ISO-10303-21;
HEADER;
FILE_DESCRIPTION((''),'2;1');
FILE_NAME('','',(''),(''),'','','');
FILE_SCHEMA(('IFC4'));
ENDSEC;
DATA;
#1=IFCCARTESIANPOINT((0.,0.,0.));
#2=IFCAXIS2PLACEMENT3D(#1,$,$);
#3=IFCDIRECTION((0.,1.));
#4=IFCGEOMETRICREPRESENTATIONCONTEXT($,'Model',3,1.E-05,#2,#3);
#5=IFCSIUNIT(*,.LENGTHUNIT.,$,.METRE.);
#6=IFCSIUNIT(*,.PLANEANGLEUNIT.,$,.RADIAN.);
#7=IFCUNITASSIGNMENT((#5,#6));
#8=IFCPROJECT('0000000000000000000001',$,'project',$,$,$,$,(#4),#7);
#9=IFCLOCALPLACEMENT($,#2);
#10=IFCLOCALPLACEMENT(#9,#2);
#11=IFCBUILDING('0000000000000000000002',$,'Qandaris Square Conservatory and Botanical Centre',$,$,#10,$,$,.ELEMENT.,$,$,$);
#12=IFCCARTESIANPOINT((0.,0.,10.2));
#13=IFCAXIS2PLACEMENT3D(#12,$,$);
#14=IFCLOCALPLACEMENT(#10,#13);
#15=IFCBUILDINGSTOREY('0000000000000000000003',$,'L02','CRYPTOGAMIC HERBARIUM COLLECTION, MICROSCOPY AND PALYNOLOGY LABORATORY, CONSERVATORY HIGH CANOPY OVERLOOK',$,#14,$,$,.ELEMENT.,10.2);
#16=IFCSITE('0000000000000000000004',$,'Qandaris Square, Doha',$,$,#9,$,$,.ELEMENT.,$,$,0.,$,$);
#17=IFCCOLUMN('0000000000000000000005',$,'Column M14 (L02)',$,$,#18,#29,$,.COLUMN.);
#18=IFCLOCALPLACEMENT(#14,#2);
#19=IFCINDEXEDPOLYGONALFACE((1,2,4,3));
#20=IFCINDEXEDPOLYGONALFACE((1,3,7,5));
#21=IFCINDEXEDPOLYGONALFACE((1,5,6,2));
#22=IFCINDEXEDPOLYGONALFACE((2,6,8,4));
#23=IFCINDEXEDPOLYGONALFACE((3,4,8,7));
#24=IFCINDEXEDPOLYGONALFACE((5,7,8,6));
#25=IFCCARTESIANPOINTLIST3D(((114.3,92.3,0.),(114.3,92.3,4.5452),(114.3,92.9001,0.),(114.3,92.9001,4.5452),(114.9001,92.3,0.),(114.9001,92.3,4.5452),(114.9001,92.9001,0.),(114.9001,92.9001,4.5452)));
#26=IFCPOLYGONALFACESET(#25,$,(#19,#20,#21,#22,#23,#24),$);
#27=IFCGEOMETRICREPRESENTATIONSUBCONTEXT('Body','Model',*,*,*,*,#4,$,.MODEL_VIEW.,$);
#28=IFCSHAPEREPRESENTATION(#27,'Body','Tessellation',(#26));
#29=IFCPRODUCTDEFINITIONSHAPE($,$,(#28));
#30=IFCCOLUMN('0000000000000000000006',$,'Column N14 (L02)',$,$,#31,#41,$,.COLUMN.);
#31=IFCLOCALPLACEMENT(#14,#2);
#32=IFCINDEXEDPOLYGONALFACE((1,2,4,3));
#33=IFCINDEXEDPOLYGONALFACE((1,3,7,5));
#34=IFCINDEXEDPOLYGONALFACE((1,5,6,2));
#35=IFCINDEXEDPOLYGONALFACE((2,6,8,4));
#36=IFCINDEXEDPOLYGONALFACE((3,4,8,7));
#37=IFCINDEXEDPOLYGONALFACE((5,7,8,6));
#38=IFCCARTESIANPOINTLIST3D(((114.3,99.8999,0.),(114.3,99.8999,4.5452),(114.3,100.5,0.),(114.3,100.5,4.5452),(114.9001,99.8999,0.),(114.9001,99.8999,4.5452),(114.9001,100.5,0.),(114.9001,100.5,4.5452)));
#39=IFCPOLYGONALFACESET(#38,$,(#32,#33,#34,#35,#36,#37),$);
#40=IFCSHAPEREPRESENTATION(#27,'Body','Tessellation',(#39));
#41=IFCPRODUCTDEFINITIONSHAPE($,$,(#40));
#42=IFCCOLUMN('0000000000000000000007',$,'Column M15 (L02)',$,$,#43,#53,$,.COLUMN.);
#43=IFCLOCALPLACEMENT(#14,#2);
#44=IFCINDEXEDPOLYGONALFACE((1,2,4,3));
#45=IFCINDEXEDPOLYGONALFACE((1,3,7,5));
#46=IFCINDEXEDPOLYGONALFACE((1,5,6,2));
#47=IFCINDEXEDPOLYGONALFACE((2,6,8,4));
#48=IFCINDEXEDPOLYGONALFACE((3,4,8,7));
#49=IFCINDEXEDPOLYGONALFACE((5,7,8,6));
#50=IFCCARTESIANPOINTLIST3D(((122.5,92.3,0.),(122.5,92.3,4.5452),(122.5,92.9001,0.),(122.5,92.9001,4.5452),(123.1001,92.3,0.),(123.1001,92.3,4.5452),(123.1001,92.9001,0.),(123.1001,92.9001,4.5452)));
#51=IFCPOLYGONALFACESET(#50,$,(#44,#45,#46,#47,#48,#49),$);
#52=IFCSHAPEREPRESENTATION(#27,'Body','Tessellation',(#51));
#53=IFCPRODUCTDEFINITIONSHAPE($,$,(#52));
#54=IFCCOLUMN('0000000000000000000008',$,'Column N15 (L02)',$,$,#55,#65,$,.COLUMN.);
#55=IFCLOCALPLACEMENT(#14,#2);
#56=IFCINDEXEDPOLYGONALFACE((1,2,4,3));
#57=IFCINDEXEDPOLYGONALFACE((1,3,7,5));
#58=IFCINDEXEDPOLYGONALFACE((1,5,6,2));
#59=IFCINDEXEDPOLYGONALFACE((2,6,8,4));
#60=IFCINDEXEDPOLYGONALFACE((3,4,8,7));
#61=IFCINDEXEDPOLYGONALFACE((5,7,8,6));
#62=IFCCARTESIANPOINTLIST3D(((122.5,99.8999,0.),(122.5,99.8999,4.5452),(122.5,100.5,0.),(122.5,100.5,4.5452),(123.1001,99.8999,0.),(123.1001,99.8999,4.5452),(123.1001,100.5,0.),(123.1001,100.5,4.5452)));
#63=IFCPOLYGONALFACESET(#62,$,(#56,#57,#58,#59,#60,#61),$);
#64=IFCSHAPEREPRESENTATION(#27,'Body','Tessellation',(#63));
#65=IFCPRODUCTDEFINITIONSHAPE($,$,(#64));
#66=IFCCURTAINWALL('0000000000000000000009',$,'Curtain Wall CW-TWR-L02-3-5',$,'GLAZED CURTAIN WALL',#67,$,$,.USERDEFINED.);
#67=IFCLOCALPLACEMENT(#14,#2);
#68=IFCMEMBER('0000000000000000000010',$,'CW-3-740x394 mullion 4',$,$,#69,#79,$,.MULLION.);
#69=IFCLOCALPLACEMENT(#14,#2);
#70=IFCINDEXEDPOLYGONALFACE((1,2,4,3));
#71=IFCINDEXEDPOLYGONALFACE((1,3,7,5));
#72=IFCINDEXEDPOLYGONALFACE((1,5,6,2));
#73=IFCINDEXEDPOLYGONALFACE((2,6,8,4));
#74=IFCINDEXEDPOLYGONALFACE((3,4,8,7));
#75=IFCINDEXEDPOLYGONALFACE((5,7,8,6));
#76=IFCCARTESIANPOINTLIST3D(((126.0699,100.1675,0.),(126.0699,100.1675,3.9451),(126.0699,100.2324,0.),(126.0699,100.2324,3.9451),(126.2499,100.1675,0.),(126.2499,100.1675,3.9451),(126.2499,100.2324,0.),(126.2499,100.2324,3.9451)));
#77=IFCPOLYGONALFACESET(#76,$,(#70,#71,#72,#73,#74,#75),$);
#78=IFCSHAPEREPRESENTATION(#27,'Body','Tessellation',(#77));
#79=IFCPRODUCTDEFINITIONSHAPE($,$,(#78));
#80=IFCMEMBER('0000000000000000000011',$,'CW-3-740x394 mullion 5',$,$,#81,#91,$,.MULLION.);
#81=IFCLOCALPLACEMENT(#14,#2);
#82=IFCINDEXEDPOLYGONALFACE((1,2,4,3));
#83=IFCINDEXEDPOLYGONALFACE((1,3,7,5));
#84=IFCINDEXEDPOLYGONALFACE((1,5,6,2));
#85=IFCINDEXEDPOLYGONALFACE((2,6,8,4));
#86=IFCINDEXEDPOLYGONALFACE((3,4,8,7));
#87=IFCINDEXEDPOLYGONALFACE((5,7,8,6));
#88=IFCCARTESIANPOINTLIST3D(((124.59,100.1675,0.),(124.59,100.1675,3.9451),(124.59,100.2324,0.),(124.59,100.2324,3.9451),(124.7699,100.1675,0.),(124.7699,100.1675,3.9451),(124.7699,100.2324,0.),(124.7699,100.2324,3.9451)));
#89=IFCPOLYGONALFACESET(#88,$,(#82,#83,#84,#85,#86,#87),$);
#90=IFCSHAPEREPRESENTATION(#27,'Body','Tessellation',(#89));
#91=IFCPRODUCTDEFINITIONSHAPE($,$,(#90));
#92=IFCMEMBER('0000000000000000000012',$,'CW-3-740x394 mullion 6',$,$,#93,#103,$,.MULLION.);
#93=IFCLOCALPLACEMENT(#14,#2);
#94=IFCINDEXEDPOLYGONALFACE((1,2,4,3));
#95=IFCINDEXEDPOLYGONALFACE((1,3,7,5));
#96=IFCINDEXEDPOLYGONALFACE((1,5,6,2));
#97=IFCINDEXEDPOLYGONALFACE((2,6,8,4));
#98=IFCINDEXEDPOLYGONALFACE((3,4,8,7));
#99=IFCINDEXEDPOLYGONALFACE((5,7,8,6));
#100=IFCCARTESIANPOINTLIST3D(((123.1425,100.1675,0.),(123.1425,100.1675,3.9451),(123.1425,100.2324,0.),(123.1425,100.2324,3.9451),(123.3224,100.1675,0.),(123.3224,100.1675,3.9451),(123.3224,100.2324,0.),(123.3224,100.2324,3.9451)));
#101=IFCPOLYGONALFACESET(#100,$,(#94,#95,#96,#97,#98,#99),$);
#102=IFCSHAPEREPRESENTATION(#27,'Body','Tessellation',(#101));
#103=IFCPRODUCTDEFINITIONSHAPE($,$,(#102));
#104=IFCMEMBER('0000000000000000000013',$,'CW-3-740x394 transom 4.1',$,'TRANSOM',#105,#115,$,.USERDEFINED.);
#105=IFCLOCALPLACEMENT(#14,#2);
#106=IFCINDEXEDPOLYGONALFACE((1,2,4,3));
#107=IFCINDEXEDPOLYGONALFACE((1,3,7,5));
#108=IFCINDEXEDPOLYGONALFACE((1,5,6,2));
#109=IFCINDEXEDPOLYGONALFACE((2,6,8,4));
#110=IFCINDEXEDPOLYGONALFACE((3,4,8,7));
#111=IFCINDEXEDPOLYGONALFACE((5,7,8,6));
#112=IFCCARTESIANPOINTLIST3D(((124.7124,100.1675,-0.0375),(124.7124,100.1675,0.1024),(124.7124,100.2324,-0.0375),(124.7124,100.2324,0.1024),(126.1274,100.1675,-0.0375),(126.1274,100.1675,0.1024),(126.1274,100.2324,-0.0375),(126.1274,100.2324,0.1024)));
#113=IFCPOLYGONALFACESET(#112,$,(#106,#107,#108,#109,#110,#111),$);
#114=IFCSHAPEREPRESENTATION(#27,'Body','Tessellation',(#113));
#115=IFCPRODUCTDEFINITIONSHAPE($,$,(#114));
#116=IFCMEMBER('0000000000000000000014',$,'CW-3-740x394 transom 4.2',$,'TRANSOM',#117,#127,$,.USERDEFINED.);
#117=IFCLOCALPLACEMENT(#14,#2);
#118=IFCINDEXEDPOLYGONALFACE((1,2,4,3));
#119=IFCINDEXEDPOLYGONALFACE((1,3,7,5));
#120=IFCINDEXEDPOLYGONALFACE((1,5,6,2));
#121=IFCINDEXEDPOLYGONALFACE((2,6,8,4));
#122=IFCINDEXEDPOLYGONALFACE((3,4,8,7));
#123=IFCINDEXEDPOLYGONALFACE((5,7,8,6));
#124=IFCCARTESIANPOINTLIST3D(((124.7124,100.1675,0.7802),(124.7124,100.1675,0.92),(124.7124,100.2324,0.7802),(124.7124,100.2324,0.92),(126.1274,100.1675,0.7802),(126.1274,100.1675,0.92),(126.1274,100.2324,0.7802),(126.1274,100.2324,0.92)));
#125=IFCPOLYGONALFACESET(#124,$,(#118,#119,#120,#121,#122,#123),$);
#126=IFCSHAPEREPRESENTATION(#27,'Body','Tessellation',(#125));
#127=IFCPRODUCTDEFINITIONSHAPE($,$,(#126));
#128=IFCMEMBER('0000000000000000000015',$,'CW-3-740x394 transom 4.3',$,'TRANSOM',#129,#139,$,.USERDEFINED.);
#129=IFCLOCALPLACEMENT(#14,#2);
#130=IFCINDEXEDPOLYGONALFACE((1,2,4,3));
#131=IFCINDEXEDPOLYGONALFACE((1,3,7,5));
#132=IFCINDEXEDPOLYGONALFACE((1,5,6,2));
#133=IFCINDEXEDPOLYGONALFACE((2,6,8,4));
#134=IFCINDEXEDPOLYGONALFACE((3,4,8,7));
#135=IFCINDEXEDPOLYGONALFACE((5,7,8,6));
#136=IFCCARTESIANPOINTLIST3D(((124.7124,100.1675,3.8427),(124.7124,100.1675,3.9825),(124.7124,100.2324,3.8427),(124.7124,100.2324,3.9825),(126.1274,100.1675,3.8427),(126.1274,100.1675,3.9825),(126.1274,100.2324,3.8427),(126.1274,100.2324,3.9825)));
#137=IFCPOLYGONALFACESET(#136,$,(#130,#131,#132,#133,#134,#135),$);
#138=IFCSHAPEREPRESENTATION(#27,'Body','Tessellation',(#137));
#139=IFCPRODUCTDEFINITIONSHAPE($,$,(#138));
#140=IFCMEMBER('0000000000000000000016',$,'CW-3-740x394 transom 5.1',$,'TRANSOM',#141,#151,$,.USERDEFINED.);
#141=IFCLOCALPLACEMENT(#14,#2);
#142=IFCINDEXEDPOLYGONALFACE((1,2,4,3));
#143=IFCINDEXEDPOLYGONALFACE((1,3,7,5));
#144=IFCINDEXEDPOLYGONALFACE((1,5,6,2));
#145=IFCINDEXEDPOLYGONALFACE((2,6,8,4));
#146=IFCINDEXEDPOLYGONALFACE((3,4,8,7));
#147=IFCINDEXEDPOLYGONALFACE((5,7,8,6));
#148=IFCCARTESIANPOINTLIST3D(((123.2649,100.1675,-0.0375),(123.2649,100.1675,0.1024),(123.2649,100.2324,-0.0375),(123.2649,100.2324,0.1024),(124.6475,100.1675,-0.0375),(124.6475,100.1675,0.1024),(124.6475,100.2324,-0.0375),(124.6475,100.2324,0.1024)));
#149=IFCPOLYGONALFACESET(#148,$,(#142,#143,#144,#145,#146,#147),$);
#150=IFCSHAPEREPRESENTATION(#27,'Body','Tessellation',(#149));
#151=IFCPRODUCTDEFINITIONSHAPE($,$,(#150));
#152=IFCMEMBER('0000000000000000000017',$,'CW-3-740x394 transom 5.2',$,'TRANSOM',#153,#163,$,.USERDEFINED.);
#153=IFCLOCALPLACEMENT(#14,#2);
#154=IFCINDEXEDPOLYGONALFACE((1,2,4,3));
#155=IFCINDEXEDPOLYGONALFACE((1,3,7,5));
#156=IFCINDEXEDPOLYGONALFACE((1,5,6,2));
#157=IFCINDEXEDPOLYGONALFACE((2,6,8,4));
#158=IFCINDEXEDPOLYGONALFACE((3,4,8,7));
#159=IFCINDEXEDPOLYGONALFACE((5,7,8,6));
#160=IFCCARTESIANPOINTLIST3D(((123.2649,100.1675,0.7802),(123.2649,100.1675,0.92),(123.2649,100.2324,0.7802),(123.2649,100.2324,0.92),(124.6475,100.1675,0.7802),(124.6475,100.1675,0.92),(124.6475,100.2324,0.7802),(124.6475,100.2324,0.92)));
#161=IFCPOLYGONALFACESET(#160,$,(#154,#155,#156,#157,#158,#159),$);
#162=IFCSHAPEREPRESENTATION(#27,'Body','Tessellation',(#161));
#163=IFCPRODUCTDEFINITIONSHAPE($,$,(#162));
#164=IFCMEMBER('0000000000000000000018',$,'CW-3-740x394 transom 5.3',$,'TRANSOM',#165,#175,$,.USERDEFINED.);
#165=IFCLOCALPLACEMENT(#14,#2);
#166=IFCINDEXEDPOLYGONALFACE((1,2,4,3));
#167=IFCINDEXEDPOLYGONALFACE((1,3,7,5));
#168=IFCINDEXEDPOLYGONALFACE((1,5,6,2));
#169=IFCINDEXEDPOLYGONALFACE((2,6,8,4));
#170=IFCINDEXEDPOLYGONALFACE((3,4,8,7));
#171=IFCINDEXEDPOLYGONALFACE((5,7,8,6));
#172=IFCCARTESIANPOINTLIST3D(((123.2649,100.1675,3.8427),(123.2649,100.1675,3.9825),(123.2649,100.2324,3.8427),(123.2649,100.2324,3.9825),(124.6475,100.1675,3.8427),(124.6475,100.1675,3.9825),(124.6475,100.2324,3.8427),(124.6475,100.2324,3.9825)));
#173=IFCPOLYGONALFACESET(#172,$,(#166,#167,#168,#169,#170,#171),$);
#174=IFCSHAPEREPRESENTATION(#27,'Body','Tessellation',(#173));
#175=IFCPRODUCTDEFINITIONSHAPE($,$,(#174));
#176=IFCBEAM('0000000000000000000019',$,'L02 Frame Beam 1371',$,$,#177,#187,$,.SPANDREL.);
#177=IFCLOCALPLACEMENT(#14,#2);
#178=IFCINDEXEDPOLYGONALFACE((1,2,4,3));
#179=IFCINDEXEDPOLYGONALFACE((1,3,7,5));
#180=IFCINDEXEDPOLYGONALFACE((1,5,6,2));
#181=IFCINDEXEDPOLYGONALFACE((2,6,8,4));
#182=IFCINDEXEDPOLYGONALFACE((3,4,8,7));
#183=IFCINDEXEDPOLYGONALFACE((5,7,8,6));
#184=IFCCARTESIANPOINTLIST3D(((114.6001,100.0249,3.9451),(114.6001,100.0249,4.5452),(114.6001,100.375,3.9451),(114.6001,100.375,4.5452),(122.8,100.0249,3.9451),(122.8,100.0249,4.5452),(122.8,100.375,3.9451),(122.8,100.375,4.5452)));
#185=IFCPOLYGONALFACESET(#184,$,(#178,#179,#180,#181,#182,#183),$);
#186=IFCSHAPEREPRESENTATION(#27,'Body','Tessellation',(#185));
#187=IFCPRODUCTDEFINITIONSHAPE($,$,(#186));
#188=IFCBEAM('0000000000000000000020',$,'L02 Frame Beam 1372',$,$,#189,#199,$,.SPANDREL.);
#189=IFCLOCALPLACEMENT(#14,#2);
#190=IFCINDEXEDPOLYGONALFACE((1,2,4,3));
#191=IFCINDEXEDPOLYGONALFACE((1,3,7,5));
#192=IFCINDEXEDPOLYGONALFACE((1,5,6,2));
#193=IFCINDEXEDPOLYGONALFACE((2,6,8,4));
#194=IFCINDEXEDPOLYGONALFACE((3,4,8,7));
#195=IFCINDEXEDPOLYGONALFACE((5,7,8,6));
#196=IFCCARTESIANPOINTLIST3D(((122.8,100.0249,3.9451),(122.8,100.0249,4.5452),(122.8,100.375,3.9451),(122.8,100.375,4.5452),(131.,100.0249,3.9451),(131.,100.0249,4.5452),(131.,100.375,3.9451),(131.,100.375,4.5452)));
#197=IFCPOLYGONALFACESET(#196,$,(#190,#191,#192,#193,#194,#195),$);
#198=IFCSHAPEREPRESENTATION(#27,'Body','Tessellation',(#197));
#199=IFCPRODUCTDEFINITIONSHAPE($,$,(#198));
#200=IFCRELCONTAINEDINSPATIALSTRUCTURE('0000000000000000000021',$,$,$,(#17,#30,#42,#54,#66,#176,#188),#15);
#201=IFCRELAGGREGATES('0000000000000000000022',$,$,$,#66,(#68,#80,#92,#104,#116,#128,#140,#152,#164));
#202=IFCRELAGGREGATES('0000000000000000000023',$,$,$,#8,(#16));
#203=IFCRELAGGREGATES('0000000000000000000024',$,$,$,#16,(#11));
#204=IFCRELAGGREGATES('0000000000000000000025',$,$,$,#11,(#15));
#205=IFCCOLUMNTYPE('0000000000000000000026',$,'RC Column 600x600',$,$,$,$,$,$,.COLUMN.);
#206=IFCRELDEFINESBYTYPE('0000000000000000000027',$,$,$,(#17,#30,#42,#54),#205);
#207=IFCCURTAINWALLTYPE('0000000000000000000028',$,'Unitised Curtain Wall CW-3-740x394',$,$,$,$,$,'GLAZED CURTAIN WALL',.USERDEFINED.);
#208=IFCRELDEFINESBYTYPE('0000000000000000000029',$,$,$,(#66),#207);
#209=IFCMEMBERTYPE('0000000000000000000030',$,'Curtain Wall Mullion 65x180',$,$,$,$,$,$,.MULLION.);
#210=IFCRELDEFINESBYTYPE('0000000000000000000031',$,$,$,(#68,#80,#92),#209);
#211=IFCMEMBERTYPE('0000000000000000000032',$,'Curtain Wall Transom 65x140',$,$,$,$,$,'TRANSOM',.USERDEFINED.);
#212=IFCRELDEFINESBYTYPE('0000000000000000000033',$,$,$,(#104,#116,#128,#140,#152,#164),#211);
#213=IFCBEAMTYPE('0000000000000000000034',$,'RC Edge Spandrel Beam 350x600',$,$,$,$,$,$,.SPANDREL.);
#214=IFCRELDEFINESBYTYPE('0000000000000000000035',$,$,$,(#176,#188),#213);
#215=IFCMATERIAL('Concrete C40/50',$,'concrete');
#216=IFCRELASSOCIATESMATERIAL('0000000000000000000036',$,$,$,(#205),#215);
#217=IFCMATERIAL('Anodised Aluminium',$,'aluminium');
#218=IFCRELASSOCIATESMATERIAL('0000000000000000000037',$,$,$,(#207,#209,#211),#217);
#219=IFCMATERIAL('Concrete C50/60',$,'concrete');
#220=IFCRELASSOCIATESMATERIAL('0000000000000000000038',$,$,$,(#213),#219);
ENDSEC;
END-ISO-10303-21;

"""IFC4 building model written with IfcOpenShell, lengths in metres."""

from ifc_helpers import new_model, si_unit, direction, frame, origin, origin_2d, place, context, subcontext, project, spatial, rectangle, extrude, material, material_profile, profile_set, type_object, element, aggregate, save


model = new_model("IFC4")

# Units and contexts
model_context = context("Model", 3, precision=1e-05, world=origin(), true_north=direction((0.0, 1.0)))
body_context = subcontext(model_context, "Body", "Model", "MODEL_VIEW")
ifc_project = project(units=[si_unit("LENGTHUNIT", "METRE"), si_unit("PLANEANGLEUNIT", "RADIAN")], contexts=[model_context])

# Site, building, storey
site_placement = place(None, origin())
site = spatial("IfcSite", under=ifc_project, at=site_placement, Name="Qandaris Square, Doha", CompositionType="ELEMENT", RefElevation=0.0)
building_placement = place(site_placement, origin())
building = spatial("IfcBuilding", under=site, at=building_placement, Name="Qandaris Square Conservatory and Botanical Centre", CompositionType="ELEMENT")
storey_placement = place(building_placement, frame((0.0, 0.0, 10.2)))
storey = spatial("IfcBuildingStorey", under=building, at=storey_placement, Name="L02", Description="CRYPTOGAMIC HERBARIUM COLLECTION, MICROSCOPY AND PALYNOLOGY LABORATORY, CONSERVATORY HIGH CANOPY OVERLOOK", CompositionType="ELEMENT", Elevation=10.2)

# Columns
ifc_material_1 = material(Name="Concrete C40/50", Category="concrete")
ifc_material_profile_1 = material_profile(ifc_material_1, rectangle(XDim=0.6001, YDim=0.6001, at=origin_2d()), Name="RC-COL 600x600")
ifc_profile_set_1 = profile_set([ifc_material_profile_1], Name="Concrete C40/50")
column_type = type_object("IfcColumnType", Name="RC Column 600x600", PredefinedType="COLUMN", material=ifc_profile_set_1)
for number, where, z_axis, x_axis, name in (
    (1, (114.6001, 92.6001, 0.0), (0.0, 0.0, 1.0), (1.0, 0.0, 0.0), "Column M14 (L02)"),
    (2, (114.6001, 100.2, 0.0), (0.0, 0.0, 1.0), (1.0, 0.0, 0.0), "Column N14 (L02)"),
    (3, (122.8, 92.6001, 0.0), (0.0, 0.0, 1.0), (1.0, 0.0, 0.0), "Column M15 (L02)"),
    (4, (122.8, 100.2, 0.0), (0.0, 0.0, 1.0), (1.0, 0.0, 0.0), "Column N15 (L02)"),
):
    element("IfcColumn", number, at=place(storey_placement, frame(where, z_axis=z_axis, x_axis=x_axis)), inside=storey, type_object=column_type, Name=name, PredefinedType="COLUMN", context=body_context, shape_type="SweptSolid", body=[
        extrude(rectangle(XDim=0.6001, YDim=0.6001, at=origin_2d()), origin(), (0.0, 0.0, 1.0), 4.5452),
    ])

# Curtain wall, members
ifc_material_2 = material(Name="Anodised Aluminium", Category="aluminium")
curtain_wall_type = type_object("IfcCurtainWallType", Name="Unitised Curtain Wall CW-3-740x394", ElementType="GLAZED CURTAIN WALL", PredefinedType="USERDEFINED", material=ifc_material_2)
curtain_wall_placement = place(storey_placement, origin())
curtain_wall = element("IfcCurtainWall", 5, at=curtain_wall_placement, inside=storey, type_object=curtain_wall_type, Name="Curtain Wall CW-TWR-L02-3-5", ObjectType="GLAZED CURTAIN WALL", PredefinedType="USERDEFINED")
ifc_material_profile_2 = material_profile(ifc_material_2, rectangle(XDim=0.0649, YDim=0.1799, at=origin_2d()), Name="ALU-MUL 65x180")
ifc_profile_set_2 = profile_set([ifc_material_profile_2], Name="Anodised Aluminium")
member_type_1 = type_object("IfcMemberType", Name="Curtain Wall Mullion 65x180", PredefinedType="MULLION", material=ifc_profile_set_2)
member_1_placement = place(storey_placement, frame((126.1599, 100.2, 0.0), z_axis=(0.0, 0.0, 1.0), x_axis=(0.0, -1.0, 0.0)))
member_1 = element("IfcMember", 6, at=member_1_placement, type_object=member_type_1, Name="CW-3-740x394 mullion 4", PredefinedType="MULLION", context=body_context, shape_type="SweptSolid", body=[
    extrude(rectangle(XDim=0.0649, YDim=0.1799, at=origin_2d()), origin(), (0.0, 0.0, 1.0), 3.9451),
])
member_2_placement = place(storey_placement, frame((124.6799, 100.2, 0.0), z_axis=(0.0, 0.0, 1.0), x_axis=(0.0, -1.0, 0.0)))
member_2 = element("IfcMember", 7, at=member_2_placement, type_object=member_type_1, Name="CW-3-740x394 mullion 5", PredefinedType="MULLION", context=body_context, shape_type="SweptSolid", body=[
    extrude(rectangle(XDim=0.0649, YDim=0.1799, at=origin_2d()), origin(), (0.0, 0.0, 1.0), 3.9451),
])
member_3_placement = place(storey_placement, frame((123.2324, 100.2, 0.0), z_axis=(0.0, 0.0, 1.0), x_axis=(0.0, -1.0, 0.0)))
member_3 = element("IfcMember", 8, at=member_3_placement, type_object=member_type_1, Name="CW-3-740x394 mullion 6", PredefinedType="MULLION", context=body_context, shape_type="SweptSolid", body=[
    extrude(rectangle(XDim=0.0649, YDim=0.1799, at=origin_2d()), origin(), (0.0, 0.0, 1.0), 3.9451),
])
ifc_material_profile_3 = material_profile(ifc_material_2, rectangle(XDim=0.0649, YDim=0.1399, at=origin_2d()), Name="ALU-TRN 65x140")
ifc_profile_set_3 = profile_set([ifc_material_profile_3], Name="Anodised Aluminium")
member_type_2 = type_object("IfcMemberType", Name="Curtain Wall Transom 65x140", ElementType="TRANSOM", PredefinedType="USERDEFINED", material=ifc_profile_set_3)
member_4_placement = place(storey_placement, frame((126.1274, 100.2, 0.0325), z_axis=(-1.0, 0.0, 0.0), x_axis=(0.0, -1.0, 0.0)))
member_4 = element("IfcMember", 9, at=member_4_placement, type_object=member_type_2, Name="CW-3-740x394 transom 4.1", ObjectType="TRANSOM", PredefinedType="USERDEFINED", context=body_context, shape_type="SweptSolid", body=[
    extrude(rectangle(XDim=0.0649, YDim=0.1399, at=origin_2d()), origin(), (0.0, 0.0, 1.0), 1.415),
])
member_5_placement = place(storey_placement, frame((126.1274, 100.2, 0.8501), z_axis=(-1.0, 0.0, 0.0), x_axis=(0.0, -1.0, 0.0)))
member_5 = element("IfcMember", 10, at=member_5_placement, type_object=member_type_2, Name="CW-3-740x394 transom 4.2", ObjectType="TRANSOM", PredefinedType="USERDEFINED", context=body_context, shape_type="SweptSolid", body=[
    extrude(rectangle(XDim=0.0649, YDim=0.1399, at=origin_2d()), origin(), (0.0, 0.0, 1.0), 1.415),
])
member_6_placement = place(storey_placement, frame((126.1274, 100.2, 3.9126), z_axis=(-1.0, 0.0, 0.0), x_axis=(0.0, -1.0, 0.0)))
member_6 = element("IfcMember", 11, at=member_6_placement, type_object=member_type_2, Name="CW-3-740x394 transom 4.3", ObjectType="TRANSOM", PredefinedType="USERDEFINED", context=body_context, shape_type="SweptSolid", body=[
    extrude(rectangle(XDim=0.0649, YDim=0.1399, at=origin_2d()), origin(), (0.0, 0.0, 1.0), 1.415),
])
member_7_placement = place(storey_placement, frame((124.6475, 100.2, 0.0325), z_axis=(-1.0, 0.0, 0.0), x_axis=(0.0, -1.0, 0.0)))
member_7 = element("IfcMember", 12, at=member_7_placement, type_object=member_type_2, Name="CW-3-740x394 transom 5.1", ObjectType="TRANSOM", PredefinedType="USERDEFINED", context=body_context, shape_type="SweptSolid", body=[
    extrude(rectangle(XDim=0.0649, YDim=0.1399, at=origin_2d()), origin(), (0.0, 0.0, 1.0), 1.3826),
])
member_8_placement = place(storey_placement, frame((124.6475, 100.2, 0.8501), z_axis=(-1.0, 0.0, 0.0), x_axis=(0.0, -1.0, 0.0)))
member_8 = element("IfcMember", 13, at=member_8_placement, type_object=member_type_2, Name="CW-3-740x394 transom 5.2", ObjectType="TRANSOM", PredefinedType="USERDEFINED", context=body_context, shape_type="SweptSolid", body=[
    extrude(rectangle(XDim=0.0649, YDim=0.1399, at=origin_2d()), origin(), (0.0, 0.0, 1.0), 1.3826),
])
member_9_placement = place(storey_placement, frame((124.6475, 100.2, 3.9126), z_axis=(-1.0, 0.0, 0.0), x_axis=(0.0, -1.0, 0.0)))
member_9 = element("IfcMember", 14, at=member_9_placement, type_object=member_type_2, Name="CW-3-740x394 transom 5.3", ObjectType="TRANSOM", PredefinedType="USERDEFINED", context=body_context, shape_type="SweptSolid", body=[
    extrude(rectangle(XDim=0.0649, YDim=0.1399, at=origin_2d()), origin(), (0.0, 0.0, 1.0), 1.3826),
])

# Beams
ifc_material_3 = material(Name="Concrete C50/60", Category="concrete")
ifc_material_profile_4 = material_profile(ifc_material_3, rectangle(XDim=0.3501, YDim=0.6001, at=origin_2d()), Name="RC-SP 350x600")
ifc_profile_set_4 = profile_set([ifc_material_profile_4], Name="Concrete C50/60")
beam_type_1 = type_object("IfcBeamType", Name="RC Edge Spandrel Beam 350x600", PredefinedType="SPANDREL", material=ifc_profile_set_4)
for number, where, z_axis, x_axis, name in (
    (15, (114.6001, 100.2, 4.2451), (1.0, 0.0, 0.0), (0.0, 1.0, 0.0), "L02 Frame Beam 1371"),
    (16, (122.8, 100.2, 4.2451), (1.0, 0.0, 0.0), (0.0, 1.0, 0.0), "L02 Frame Beam 1372"),
):
    element("IfcBeam", number, at=place(storey_placement, frame(where, z_axis=z_axis, x_axis=x_axis)), inside=storey, type_object=beam_type_1, Name=name, PredefinedType="SPANDREL", context=body_context, shape_type="SweptSolid", body=[
        extrude(rectangle(XDim=0.3501, YDim=0.6001, at=origin_2d()), origin(), (0.0, 0.0, 1.0), 8.2),
    ])

aggregate(curtain_wall, [member_1, member_2, member_3, member_4, member_5, member_6, member_7, member_8, member_9])

save(model, "model.ifc")
